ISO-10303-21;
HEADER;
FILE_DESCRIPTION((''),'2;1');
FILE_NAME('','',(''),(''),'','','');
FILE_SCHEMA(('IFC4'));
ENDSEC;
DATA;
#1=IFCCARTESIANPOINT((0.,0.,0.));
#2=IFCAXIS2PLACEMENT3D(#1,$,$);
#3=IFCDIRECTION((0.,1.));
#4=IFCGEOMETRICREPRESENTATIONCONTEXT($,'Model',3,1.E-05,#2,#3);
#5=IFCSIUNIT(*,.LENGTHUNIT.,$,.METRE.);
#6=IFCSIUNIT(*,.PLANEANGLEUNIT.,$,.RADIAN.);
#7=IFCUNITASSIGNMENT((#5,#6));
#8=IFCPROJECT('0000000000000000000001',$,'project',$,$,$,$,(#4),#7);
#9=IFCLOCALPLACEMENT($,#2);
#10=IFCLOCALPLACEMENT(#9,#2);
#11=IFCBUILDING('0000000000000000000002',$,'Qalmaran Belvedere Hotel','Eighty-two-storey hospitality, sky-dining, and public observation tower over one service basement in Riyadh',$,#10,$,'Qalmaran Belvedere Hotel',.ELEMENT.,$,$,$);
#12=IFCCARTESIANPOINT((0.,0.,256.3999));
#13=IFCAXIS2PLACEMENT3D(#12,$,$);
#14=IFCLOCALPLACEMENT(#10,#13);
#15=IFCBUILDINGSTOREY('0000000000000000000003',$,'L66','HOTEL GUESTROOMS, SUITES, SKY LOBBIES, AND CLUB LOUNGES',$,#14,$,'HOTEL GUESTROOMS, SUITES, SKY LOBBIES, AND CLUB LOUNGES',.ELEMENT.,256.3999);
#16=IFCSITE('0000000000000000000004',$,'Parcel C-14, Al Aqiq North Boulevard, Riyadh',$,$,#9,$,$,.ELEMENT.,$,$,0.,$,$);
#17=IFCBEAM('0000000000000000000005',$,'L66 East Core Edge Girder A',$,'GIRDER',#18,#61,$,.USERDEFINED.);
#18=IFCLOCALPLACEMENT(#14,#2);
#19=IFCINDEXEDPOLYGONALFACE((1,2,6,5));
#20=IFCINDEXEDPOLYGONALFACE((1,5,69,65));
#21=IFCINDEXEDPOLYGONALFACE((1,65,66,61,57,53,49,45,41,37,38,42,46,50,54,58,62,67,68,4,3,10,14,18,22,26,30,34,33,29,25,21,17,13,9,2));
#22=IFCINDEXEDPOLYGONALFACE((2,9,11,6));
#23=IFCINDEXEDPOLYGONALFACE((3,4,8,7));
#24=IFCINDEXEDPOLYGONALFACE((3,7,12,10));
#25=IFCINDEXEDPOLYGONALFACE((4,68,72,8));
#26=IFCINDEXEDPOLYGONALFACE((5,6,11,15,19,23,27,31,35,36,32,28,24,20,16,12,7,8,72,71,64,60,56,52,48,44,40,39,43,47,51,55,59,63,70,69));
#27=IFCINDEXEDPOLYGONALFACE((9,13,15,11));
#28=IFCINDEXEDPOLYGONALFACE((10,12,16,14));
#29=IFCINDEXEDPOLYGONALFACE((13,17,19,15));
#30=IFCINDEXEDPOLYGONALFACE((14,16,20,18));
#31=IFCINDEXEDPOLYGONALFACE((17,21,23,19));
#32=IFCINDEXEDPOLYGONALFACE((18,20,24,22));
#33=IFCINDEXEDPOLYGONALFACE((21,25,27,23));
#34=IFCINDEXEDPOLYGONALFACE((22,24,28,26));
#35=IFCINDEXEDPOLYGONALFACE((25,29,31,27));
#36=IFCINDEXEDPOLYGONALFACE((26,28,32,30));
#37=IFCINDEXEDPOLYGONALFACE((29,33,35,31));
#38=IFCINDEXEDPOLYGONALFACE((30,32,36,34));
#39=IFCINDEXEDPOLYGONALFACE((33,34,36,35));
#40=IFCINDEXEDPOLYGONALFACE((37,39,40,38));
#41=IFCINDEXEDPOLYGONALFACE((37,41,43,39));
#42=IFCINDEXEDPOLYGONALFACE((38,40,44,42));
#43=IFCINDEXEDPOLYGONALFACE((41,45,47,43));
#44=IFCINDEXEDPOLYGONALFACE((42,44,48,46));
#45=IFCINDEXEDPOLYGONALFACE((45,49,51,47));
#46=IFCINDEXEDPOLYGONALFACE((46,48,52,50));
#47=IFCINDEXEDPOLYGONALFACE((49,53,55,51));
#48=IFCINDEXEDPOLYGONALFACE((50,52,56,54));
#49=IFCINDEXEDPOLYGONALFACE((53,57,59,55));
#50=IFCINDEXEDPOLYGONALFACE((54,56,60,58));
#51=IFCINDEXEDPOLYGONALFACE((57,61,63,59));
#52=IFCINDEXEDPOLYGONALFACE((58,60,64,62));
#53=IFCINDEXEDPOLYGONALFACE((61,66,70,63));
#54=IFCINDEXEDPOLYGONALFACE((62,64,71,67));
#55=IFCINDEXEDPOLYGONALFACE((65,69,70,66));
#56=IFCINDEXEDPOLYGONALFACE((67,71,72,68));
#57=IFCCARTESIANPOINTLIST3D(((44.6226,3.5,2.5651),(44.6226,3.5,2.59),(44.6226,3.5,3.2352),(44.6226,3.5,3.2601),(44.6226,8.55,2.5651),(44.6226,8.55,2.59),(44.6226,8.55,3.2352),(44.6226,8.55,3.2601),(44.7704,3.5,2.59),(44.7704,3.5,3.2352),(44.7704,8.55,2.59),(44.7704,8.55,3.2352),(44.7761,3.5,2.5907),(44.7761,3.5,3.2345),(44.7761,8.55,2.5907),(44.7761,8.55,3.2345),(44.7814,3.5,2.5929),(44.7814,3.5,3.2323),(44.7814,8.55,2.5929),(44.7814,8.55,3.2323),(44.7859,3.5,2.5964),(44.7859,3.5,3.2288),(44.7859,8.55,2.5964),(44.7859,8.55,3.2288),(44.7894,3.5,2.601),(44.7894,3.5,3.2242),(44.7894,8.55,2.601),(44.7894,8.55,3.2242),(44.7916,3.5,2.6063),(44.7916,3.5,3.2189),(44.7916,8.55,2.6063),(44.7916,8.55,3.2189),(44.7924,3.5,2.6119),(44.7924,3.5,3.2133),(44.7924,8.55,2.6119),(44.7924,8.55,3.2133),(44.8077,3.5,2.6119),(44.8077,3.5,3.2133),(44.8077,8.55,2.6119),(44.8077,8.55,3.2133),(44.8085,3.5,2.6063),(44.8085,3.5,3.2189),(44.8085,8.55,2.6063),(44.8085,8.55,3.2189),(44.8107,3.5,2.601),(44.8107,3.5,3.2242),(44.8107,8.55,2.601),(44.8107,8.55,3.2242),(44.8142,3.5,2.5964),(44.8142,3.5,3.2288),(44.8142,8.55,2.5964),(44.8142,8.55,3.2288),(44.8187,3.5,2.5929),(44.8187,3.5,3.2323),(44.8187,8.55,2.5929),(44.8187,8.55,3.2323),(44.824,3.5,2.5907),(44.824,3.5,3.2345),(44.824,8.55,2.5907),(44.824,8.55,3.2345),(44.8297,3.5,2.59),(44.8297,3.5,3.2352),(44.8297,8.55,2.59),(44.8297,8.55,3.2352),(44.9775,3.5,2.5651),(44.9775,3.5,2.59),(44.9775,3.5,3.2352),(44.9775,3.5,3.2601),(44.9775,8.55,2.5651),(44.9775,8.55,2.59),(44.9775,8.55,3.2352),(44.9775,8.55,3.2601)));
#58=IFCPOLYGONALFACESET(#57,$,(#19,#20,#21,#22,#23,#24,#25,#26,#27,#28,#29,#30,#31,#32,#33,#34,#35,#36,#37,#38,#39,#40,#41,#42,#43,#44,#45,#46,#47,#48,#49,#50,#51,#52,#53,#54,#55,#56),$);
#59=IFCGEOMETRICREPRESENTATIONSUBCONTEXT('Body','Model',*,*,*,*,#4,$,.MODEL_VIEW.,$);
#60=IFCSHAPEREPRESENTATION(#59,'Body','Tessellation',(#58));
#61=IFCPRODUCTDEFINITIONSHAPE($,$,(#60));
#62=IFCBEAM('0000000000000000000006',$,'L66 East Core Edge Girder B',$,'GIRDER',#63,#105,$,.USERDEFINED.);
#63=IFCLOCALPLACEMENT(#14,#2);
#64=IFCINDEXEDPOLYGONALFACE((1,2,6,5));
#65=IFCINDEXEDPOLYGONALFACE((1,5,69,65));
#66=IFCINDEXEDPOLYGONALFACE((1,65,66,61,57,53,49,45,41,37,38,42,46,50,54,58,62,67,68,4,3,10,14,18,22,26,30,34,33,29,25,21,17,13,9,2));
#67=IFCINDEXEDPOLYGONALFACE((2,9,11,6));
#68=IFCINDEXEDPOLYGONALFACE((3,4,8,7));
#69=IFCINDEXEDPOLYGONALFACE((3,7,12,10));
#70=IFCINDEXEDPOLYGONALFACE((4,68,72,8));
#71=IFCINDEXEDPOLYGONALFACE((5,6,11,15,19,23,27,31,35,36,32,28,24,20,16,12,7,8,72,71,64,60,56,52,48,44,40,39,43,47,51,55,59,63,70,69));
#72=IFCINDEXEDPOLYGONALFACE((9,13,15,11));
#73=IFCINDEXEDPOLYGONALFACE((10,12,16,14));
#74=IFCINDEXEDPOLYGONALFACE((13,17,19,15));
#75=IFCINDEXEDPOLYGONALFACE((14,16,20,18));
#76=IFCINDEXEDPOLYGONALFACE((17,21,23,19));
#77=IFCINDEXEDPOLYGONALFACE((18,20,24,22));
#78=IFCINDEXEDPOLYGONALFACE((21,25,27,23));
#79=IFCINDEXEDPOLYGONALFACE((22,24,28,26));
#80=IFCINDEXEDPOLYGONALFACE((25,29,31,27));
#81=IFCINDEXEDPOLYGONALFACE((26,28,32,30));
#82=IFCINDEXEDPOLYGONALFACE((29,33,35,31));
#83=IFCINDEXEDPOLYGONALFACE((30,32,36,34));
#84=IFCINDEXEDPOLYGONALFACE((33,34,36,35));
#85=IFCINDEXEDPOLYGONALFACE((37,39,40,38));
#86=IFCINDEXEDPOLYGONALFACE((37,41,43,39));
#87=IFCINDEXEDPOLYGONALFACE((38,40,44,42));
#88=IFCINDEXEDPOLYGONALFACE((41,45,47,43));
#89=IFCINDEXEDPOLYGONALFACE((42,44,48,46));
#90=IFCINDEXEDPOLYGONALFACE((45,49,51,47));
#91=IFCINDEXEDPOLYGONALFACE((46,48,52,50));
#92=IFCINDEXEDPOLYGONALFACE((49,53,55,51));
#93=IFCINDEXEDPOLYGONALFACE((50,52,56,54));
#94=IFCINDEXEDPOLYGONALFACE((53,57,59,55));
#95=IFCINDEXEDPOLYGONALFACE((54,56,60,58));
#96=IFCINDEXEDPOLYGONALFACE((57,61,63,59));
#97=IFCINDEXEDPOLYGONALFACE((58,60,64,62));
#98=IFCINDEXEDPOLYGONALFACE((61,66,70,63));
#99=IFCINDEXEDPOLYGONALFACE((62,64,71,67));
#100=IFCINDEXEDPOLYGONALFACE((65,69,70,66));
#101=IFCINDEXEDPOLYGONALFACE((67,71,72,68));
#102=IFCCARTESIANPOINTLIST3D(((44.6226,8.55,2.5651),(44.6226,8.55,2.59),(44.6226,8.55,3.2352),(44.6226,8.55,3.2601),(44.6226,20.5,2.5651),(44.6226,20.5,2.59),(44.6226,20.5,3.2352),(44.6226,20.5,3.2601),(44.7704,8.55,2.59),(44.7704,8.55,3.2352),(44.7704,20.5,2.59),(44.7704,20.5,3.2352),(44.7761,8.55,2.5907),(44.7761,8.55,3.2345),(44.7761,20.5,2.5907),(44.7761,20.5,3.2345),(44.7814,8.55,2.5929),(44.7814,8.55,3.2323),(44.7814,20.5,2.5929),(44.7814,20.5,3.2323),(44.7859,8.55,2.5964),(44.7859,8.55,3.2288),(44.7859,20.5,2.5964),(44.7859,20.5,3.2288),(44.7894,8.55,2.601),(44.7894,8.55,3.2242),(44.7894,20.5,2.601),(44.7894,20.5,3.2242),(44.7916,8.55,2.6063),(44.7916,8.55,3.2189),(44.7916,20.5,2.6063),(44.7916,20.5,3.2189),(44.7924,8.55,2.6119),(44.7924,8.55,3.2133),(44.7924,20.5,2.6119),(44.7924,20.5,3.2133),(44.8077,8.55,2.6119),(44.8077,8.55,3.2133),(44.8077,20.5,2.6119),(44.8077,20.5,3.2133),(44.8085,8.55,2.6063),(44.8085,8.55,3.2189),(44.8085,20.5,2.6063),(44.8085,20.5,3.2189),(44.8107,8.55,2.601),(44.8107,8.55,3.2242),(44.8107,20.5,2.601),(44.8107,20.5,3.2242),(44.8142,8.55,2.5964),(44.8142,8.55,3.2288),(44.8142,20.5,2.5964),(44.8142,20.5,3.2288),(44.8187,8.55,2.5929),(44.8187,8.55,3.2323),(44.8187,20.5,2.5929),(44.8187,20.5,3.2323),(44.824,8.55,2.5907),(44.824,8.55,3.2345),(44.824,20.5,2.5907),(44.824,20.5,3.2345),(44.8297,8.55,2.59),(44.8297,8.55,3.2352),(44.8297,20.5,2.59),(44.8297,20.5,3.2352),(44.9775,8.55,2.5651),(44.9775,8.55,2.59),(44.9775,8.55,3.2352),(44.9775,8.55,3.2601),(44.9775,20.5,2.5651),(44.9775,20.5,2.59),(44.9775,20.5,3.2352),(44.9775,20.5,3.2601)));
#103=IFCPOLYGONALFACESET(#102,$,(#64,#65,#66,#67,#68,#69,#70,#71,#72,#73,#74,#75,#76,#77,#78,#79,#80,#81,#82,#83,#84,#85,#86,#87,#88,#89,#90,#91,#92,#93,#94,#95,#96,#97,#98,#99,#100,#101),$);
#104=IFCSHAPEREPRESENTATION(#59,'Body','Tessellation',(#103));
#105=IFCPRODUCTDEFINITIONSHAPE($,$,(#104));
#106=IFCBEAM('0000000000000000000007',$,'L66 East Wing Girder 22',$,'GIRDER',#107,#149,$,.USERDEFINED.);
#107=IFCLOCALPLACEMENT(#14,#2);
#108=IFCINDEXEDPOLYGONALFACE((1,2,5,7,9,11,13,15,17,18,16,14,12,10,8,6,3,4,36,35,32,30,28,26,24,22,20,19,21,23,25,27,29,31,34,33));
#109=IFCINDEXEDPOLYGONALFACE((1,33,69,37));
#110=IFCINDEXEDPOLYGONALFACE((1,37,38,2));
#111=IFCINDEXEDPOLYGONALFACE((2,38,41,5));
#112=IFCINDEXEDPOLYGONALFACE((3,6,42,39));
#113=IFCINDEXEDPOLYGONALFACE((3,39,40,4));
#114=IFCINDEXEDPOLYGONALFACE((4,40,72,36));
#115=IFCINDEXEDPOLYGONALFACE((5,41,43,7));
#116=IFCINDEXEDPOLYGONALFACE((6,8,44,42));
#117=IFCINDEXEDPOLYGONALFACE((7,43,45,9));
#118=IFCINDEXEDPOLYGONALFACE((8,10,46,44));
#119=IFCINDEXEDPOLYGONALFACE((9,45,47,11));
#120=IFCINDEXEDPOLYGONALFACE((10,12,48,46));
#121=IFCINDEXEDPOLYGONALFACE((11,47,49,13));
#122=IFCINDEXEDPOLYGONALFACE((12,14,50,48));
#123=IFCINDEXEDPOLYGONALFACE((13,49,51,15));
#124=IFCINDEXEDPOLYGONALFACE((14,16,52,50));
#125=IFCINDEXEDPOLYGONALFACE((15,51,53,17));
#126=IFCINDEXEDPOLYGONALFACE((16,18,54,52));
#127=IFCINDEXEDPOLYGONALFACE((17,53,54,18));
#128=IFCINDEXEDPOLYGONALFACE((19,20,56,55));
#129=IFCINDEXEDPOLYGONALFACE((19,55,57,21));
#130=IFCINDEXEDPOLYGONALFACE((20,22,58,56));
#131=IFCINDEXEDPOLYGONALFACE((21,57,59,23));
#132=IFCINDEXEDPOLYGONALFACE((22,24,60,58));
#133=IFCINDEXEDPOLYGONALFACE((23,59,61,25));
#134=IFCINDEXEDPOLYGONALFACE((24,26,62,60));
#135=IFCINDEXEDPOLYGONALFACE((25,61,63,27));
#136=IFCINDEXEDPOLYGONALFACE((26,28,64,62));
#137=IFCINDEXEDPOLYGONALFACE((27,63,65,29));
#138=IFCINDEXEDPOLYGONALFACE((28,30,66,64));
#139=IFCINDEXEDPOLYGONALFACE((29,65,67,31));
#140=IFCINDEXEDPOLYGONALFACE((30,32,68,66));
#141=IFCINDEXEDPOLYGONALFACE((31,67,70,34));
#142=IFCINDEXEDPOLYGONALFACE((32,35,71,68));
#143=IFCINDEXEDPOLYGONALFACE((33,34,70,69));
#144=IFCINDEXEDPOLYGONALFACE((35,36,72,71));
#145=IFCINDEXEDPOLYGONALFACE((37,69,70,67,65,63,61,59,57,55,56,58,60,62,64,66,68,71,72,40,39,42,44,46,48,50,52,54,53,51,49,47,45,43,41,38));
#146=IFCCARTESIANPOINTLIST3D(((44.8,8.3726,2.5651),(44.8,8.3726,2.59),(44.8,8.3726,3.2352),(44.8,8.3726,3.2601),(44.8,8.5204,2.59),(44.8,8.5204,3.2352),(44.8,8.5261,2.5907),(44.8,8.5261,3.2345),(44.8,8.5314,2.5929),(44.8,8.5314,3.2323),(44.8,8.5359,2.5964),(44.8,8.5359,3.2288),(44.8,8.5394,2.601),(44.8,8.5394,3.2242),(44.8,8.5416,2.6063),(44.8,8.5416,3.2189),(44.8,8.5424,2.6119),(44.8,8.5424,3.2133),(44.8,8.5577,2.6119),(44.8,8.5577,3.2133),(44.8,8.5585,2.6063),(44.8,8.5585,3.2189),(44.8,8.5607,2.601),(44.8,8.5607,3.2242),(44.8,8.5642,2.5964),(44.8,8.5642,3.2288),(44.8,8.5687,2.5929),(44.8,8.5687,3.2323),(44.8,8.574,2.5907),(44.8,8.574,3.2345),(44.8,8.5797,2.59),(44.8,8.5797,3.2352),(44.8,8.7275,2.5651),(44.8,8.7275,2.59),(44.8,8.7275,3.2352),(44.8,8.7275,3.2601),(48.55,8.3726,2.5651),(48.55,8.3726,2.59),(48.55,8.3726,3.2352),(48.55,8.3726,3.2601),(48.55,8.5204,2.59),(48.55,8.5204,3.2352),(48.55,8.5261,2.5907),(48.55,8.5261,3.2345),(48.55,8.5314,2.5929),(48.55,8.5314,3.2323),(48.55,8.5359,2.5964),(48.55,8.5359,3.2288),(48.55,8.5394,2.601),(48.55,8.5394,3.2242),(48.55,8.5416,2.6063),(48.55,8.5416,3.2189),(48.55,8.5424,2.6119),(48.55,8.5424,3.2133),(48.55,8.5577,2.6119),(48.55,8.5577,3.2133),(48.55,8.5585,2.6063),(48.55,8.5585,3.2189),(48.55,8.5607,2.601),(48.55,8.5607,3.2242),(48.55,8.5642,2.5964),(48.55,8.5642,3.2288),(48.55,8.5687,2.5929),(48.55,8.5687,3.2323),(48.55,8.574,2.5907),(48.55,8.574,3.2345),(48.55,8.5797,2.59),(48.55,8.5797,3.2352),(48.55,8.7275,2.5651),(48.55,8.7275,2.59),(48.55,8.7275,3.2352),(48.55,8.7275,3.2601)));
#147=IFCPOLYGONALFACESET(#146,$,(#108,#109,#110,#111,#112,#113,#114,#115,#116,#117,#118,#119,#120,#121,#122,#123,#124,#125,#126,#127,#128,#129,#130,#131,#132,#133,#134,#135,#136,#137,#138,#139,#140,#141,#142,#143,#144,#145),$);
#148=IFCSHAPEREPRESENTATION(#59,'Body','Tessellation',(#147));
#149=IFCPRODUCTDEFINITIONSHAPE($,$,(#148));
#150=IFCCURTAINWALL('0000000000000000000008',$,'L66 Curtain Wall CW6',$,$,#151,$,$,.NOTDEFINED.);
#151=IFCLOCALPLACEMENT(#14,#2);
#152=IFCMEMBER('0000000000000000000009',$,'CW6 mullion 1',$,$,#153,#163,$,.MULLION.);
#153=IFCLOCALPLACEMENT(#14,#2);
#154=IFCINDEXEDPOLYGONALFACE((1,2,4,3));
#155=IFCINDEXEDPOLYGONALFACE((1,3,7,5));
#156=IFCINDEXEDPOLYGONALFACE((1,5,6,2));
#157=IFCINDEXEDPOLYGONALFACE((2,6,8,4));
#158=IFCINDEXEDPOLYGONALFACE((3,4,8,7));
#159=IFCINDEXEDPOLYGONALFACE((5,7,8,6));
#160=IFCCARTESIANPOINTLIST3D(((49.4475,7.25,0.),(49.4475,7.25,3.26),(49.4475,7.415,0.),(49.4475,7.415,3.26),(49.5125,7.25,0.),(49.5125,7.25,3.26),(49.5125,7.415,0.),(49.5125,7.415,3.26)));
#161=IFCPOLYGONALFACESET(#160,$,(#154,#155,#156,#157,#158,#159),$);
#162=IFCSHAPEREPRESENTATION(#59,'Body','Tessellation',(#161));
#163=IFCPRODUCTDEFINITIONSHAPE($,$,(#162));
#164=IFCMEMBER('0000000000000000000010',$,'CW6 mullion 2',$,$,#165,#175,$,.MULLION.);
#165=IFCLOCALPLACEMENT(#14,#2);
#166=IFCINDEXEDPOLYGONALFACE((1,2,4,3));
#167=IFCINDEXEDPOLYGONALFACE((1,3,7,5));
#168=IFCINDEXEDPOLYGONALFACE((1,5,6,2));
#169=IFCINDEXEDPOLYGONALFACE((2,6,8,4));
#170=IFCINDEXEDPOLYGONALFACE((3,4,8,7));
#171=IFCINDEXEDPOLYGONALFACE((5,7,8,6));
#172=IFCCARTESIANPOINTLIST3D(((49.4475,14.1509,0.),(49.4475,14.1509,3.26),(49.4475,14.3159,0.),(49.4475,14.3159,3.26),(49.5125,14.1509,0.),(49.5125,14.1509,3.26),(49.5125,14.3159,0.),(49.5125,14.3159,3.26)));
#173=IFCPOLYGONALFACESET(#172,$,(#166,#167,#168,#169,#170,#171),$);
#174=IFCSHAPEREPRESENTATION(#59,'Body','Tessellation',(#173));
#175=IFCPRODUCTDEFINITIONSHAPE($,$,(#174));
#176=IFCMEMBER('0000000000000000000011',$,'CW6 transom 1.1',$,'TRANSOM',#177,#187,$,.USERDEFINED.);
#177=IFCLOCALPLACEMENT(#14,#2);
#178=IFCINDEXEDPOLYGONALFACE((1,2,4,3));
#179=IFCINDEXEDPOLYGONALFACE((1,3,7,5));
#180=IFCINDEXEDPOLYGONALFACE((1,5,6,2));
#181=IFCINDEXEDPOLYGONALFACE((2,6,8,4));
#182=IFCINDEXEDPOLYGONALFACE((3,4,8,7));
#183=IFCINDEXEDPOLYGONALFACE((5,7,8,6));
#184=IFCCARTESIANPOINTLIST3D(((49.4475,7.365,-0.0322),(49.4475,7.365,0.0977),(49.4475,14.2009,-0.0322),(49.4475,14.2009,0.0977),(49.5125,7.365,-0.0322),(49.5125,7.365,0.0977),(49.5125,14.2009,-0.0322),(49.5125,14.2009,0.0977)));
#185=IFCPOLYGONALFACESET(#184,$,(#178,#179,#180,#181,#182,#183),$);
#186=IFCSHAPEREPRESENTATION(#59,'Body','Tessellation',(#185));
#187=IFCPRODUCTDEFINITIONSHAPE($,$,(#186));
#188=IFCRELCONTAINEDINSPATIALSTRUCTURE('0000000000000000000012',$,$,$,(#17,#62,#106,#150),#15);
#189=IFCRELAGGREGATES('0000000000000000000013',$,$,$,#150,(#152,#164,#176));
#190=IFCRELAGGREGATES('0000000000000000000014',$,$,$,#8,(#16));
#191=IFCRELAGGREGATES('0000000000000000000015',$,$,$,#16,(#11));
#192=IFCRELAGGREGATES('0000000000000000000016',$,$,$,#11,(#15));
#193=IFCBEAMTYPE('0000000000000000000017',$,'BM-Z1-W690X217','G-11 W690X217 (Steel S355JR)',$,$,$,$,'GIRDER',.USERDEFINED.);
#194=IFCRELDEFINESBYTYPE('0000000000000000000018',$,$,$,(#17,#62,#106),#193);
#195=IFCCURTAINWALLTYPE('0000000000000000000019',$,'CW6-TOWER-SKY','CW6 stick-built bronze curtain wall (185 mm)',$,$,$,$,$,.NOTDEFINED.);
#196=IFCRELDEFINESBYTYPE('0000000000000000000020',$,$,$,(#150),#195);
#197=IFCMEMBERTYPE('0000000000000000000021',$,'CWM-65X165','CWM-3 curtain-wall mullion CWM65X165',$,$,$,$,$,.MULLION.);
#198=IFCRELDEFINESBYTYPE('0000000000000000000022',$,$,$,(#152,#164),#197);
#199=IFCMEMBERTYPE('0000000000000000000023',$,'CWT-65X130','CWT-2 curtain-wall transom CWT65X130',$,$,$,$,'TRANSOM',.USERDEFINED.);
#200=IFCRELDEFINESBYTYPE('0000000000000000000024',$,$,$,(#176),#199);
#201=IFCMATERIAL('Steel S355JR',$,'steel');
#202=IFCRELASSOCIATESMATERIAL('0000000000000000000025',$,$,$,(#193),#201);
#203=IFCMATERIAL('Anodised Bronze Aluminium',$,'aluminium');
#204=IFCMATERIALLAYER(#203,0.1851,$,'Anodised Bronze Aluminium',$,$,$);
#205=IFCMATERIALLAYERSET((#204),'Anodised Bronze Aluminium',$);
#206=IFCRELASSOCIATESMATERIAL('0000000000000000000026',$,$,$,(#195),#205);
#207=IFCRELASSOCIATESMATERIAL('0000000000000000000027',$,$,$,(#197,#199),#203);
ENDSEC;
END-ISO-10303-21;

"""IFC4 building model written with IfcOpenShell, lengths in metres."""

from ifc_helpers import new_model, si_unit, direction, frame, origin, origin_2d, place, context, subcontext, project, spatial, rectangle, i_section, extrude, material, layer, layer_set, material_profile, profile_set, type_object, element, aggregate, save


model = new_model("IFC4")

# Units and contexts
model_context = context("Model", 3, precision=1e-05, world=origin(), true_north=direction((0.0, 1.0)))
body_context = subcontext(model_context, "Body", "Model", "MODEL_VIEW")
ifc_project = project(units=[si_unit("LENGTHUNIT", "METRE"), si_unit("PLANEANGLEUNIT", "RADIAN")], contexts=[model_context])

# Site, building, storey
site_placement = place(None, origin())
site = spatial("IfcSite", under=ifc_project, at=site_placement, Name="Parcel C-14, Al Aqiq North Boulevard, Riyadh", CompositionType="ELEMENT", RefElevation=0.0)
building_placement = place(site_placement, origin())
building = spatial("IfcBuilding", under=site, at=building_placement, Name="Qalmaran Belvedere Hotel", Description="Eighty-two-storey hospitality, sky-dining, and public observation tower over one service basement in Riyadh", LongName="Qalmaran Belvedere Hotel", CompositionType="ELEMENT")
storey_placement = place(building_placement, frame((0.0, 0.0, 256.3999)))
storey = spatial("IfcBuildingStorey", under=building, at=storey_placement, Name="L66", Description="HOTEL GUESTROOMS, SUITES, SKY LOBBIES, AND CLUB LOUNGES", LongName="HOTEL GUESTROOMS, SUITES, SKY LOBBIES, AND CLUB LOUNGES", CompositionType="ELEMENT", Elevation=256.3999)

# Beams
ifc_material_1 = material(Name="Steel S355JR", Category="steel")
ifc_material_profile_1 = material_profile(ifc_material_1, i_section(OverallWidth=0.355, OverallDepth=0.6951, WebThickness=0.0154, FlangeThickness=0.0249, FilletRadius=0.022, at=origin_2d()), Name="W690X217")
ifc_profile_set_1 = profile_set([ifc_material_profile_1], Name="Steel S355JR")
beam_type_1 = type_object("IfcBeamType", Name="BM-Z1-W690X217", Description="G-11 W690X217 (Steel S355JR)", ElementType="GIRDER", PredefinedType="USERDEFINED", material=ifc_profile_set_1)
beam_1_placement = place(storey_placement, frame((44.8, 3.5, 2.9126), z_axis=(0.0, 1.0, 0.0), x_axis=(-1.0, 0.0, 0.0)))
element("IfcBeam", 1, at=beam_1_placement, inside=storey, type_object=beam_type_1, Name="L66 East Core Edge Girder A", ObjectType="GIRDER", PredefinedType="USERDEFINED", context=body_context, shape_type="SweptSolid", body=[
    extrude(i_section(OverallWidth=0.355, OverallDepth=0.6951, WebThickness=0.0154, FlangeThickness=0.0249, FilletRadius=0.022, at=origin_2d()), origin(), (0.0, 0.0, 1.0), 5.05),
])
beam_2_placement = place(storey_placement, frame((44.8, 8.55, 2.9126), z_axis=(0.0, 1.0, 0.0), x_axis=(-1.0, 0.0, 0.0)))
element("IfcBeam", 2, at=beam_2_placement, inside=storey, type_object=beam_type_1, Name="L66 East Core Edge Girder B", ObjectType="GIRDER", PredefinedType="USERDEFINED", context=body_context, shape_type="SweptSolid", body=[
    extrude(i_section(OverallWidth=0.355, OverallDepth=0.6951, WebThickness=0.0154, FlangeThickness=0.0249, FilletRadius=0.022, at=origin_2d()), origin(), (0.0, 0.0, 1.0), 11.95),
])
beam_3_placement = place(storey_placement, frame((44.8, 8.55, 2.9126), z_axis=(1.0, 0.0, 0.0), x_axis=(0.0, 1.0, 0.0)))
element("IfcBeam", 3, at=beam_3_placement, inside=storey, type_object=beam_type_1, Name="L66 East Wing Girder 22", ObjectType="GIRDER", PredefinedType="USERDEFINED", context=body_context, shape_type="SweptSolid", body=[
    extrude(i_section(OverallWidth=0.355, OverallDepth=0.6951, WebThickness=0.0154, FlangeThickness=0.0249, FilletRadius=0.022, at=origin_2d()), origin(), (0.0, 0.0, 1.0), 3.75),
])

# Curtain wall, members
ifc_material_2 = material(Name="Anodised Bronze Aluminium", Category="aluminium")
ifc_layer_1 = layer(ifc_material_2, 0.1851, Name="Anodised Bronze Aluminium")
ifc_layer_set_1 = layer_set([ifc_layer_1], Name="Anodised Bronze Aluminium")
curtain_wall_type = type_object("IfcCurtainWallType", Name="CW6-TOWER-SKY", Description="CW6 stick-built bronze curtain wall (185 mm)", PredefinedType="NOTDEFINED", material=ifc_layer_set_1)
curtain_wall_placement = place(storey_placement, origin())
curtain_wall = element("IfcCurtainWall", 4, at=curtain_wall_placement, inside=storey, type_object=curtain_wall_type, Name="L66 Curtain Wall CW6", PredefinedType="NOTDEFINED")
ifc_material_profile_2 = material_profile(ifc_material_2, rectangle(XDim=0.0649, YDim=0.165, at=origin_2d()), Name="CWM65X165")
ifc_profile_set_2 = profile_set([ifc_material_profile_2], Name="Anodised Bronze Aluminium")
member_type_1 = type_object("IfcMemberType", Name="CWM-65X165", Description="CWM-3 curtain-wall mullion CWM65X165", PredefinedType="MULLION", material=ifc_profile_set_2)
member_1_placement = place(storey_placement, frame((49.48, 7.3325, 0.0), z_axis=(0.0, 0.0, 1.0), x_axis=(-1.0, 0.0, 0.0)))
member_1 = element("IfcMember", 5, at=member_1_placement, type_object=member_type_1, Name="CW6 mullion 1", PredefinedType="MULLION", context=body_context, shape_type="SweptSolid", body=[
    extrude(rectangle(XDim=0.0649, YDim=0.165, at=origin_2d()), origin(), (0.0, 0.0, 1.0), 3.26),
])
member_2_placement = place(storey_placement, frame((49.48, 14.2334, 0.0), z_axis=(0.0, 0.0, 1.0), x_axis=(-1.0, 0.0, 0.0)))
member_2 = element("IfcMember", 6, at=member_2_placement, type_object=member_type_1, Name="CW6 mullion 2", PredefinedType="MULLION", context=body_context, shape_type="SweptSolid", body=[
    extrude(rectangle(XDim=0.0649, YDim=0.165, at=origin_2d()), origin(), (0.0, 0.0, 1.0), 3.26),
])
ifc_material_profile_3 = material_profile(ifc_material_2, rectangle(XDim=0.0649, YDim=0.1299, at=origin_2d()), Name="CWT65X130")
ifc_profile_set_3 = profile_set([ifc_material_profile_3], Name="Anodised Bronze Aluminium")
member_type_2 = type_object("IfcMemberType", Name="CWT-65X130", Description="CWT-2 curtain-wall transom CWT65X130", ElementType="TRANSOM", PredefinedType="USERDEFINED", material=ifc_profile_set_3)
member_3_placement = place(storey_placement, frame((49.48, 7.365, 0.0327), z_axis=(0.0, 1.0, 0.0), x_axis=(-1.0, 0.0, 0.0)))
member_3 = element("IfcMember", 7, at=member_3_placement, type_object=member_type_2, Name="CW6 transom 1.1", ObjectType="TRANSOM", PredefinedType="USERDEFINED", context=body_context, shape_type="SweptSolid", body=[
    extrude(rectangle(XDim=0.0649, YDim=0.1299, at=origin_2d()), origin(), (0.0, 0.0, 1.0), 6.8359),
])
aggregate(curtain_wall, [member_1, member_2, member_3])

save(model, "model.ifc")
